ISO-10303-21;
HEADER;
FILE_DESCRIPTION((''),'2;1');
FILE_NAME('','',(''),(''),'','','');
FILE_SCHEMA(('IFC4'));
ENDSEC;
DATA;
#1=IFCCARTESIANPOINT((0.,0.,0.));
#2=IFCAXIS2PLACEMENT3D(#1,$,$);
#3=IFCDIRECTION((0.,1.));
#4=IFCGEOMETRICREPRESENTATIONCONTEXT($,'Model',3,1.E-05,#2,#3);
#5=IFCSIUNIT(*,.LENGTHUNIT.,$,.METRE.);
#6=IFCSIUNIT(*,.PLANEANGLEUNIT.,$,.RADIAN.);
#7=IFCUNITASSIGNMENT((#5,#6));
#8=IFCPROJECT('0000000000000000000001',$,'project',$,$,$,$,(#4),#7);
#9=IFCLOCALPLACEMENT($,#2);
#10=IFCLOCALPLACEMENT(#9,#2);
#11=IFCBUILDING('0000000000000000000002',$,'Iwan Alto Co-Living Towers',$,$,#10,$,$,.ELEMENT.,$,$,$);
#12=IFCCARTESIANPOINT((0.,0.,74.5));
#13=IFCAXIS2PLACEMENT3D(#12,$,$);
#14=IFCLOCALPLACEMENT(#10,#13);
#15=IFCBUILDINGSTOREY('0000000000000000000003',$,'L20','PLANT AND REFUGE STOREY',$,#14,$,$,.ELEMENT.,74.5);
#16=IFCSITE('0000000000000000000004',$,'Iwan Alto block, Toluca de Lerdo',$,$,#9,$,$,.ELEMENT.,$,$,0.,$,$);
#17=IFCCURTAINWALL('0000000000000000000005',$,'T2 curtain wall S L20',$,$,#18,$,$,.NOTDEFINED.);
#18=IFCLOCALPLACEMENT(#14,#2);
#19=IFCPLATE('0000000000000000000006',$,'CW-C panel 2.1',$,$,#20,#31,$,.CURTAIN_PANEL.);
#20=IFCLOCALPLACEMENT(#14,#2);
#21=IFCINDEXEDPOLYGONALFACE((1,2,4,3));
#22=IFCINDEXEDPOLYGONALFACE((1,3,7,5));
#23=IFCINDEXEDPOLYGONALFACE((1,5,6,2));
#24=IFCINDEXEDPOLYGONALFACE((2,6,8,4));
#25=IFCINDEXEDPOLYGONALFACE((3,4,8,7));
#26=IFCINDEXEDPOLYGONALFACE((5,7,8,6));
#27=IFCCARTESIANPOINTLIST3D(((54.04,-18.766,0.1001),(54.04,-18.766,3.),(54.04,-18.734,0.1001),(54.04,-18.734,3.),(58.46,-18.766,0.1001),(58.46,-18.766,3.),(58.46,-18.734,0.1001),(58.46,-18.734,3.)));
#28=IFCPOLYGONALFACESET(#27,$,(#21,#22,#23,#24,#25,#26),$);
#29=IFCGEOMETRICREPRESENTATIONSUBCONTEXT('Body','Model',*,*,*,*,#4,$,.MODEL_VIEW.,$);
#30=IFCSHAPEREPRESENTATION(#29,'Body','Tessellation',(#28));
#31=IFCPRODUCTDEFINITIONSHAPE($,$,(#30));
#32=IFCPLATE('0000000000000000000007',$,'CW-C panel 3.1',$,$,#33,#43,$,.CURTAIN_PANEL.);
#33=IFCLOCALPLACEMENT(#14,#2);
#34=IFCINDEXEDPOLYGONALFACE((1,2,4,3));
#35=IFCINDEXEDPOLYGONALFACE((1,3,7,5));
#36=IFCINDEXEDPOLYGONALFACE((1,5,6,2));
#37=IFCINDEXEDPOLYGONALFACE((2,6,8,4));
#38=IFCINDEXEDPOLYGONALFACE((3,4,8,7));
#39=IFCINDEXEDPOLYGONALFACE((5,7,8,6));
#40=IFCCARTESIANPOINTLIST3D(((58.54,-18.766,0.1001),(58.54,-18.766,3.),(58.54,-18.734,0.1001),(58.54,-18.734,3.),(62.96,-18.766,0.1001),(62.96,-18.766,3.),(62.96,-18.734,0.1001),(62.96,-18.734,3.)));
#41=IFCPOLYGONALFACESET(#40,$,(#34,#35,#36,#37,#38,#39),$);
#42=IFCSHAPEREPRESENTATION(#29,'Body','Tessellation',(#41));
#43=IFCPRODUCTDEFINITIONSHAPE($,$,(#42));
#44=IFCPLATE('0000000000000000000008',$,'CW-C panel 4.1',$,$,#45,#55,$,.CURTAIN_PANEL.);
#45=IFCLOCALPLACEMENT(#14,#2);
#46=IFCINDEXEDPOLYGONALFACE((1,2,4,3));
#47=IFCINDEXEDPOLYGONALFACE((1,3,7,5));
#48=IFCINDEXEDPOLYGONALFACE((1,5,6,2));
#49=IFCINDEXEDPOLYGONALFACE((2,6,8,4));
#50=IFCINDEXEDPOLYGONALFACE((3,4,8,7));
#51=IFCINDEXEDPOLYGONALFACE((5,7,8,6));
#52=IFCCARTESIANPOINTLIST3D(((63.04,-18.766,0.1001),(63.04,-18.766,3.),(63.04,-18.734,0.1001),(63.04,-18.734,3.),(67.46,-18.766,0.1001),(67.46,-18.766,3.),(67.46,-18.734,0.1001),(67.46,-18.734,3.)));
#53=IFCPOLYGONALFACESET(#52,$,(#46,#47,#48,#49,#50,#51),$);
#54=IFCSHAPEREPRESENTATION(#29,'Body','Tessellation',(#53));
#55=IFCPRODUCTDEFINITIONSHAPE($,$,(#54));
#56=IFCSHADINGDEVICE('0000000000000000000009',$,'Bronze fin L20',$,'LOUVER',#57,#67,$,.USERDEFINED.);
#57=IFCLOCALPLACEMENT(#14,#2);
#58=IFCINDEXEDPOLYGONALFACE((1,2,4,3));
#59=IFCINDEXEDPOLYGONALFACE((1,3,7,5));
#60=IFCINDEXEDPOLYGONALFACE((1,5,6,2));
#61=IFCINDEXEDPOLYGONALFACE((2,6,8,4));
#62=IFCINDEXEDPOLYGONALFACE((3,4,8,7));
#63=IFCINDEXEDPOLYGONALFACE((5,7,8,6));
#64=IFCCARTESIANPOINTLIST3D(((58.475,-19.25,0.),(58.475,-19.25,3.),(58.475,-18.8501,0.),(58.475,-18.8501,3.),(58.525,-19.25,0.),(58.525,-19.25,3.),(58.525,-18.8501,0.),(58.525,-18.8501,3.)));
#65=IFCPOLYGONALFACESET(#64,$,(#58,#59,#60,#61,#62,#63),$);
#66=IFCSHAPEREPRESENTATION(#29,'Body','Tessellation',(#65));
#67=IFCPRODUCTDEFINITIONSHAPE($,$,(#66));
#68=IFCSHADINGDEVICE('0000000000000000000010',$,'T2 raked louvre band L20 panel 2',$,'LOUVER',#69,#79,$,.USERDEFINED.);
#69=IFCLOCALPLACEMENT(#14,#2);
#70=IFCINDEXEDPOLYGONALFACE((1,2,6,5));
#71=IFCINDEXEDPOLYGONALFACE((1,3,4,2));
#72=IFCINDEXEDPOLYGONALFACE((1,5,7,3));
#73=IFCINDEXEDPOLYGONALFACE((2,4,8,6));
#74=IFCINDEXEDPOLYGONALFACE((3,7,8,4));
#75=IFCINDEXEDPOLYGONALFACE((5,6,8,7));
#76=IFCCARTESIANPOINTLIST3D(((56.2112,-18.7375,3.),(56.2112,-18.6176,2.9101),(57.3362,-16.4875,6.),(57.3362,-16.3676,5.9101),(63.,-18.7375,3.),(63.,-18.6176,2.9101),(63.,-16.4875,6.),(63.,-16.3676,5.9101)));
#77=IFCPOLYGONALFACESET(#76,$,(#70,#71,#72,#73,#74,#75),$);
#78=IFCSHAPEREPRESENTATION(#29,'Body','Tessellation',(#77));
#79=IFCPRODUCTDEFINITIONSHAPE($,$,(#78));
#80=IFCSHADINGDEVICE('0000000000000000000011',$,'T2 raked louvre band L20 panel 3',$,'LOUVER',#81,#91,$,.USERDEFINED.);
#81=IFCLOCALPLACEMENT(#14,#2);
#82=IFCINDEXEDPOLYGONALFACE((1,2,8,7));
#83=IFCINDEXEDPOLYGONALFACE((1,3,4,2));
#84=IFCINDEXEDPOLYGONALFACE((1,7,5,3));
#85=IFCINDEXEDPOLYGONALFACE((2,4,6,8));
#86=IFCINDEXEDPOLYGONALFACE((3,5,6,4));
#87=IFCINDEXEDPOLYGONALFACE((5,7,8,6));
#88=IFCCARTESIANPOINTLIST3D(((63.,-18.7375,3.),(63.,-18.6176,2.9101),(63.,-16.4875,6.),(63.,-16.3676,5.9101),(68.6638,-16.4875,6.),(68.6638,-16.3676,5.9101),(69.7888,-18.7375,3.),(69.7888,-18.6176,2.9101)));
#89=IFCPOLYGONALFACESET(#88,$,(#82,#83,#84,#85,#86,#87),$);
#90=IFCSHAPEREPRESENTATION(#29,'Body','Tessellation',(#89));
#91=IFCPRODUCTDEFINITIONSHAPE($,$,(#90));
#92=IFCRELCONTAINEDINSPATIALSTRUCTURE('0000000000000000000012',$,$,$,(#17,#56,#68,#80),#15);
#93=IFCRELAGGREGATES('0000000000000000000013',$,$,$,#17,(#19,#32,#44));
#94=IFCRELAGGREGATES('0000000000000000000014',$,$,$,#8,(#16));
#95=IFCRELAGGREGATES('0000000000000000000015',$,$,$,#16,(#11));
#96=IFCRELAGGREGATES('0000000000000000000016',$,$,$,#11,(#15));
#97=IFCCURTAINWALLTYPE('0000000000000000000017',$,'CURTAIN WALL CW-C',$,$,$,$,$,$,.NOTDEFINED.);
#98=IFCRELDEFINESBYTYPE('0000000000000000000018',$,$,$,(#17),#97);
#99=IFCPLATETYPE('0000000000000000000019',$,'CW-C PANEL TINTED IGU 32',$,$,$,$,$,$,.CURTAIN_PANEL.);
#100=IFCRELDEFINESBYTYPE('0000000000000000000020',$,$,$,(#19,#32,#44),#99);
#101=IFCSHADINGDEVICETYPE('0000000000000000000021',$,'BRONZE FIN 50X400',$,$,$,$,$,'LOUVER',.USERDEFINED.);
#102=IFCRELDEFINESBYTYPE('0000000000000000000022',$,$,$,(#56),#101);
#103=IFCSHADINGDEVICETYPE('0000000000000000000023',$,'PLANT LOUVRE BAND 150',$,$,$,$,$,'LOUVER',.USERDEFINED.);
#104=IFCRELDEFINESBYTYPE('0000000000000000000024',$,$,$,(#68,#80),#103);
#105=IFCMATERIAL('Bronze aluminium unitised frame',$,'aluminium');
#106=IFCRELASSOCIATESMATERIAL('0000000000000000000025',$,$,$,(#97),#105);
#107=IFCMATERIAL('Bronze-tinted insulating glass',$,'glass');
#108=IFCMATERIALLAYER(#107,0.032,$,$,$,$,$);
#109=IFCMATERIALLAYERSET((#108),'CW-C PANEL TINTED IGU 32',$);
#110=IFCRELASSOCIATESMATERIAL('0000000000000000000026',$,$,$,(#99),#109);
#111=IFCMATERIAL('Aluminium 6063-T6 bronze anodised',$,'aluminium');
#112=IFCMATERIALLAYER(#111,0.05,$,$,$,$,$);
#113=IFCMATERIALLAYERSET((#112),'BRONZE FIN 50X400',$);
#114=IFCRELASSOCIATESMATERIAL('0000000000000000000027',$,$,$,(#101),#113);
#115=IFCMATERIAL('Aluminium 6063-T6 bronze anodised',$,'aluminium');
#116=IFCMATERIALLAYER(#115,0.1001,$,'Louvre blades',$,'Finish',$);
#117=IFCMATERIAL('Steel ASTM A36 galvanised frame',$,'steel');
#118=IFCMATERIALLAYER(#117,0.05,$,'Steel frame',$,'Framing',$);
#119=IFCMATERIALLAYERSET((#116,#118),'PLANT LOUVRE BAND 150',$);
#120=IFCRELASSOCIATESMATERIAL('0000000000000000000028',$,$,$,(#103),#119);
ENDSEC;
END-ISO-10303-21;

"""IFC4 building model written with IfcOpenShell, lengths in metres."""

from ifc_helpers import new_model, si_unit, direction, frame, origin, origin_2d, place, context, subcontext, project, spatial, polyline, rectangle, outline, extrude, material, layer, layer_set, type_object, element, aggregate, save


model = new_model("IFC4")

# Units and contexts
model_context = context("Model", 3, precision=1e-05, world=origin(), true_north=direction((0.0, 1.0)))
body_context = subcontext(model_context, "Body", "Model", "MODEL_VIEW")
ifc_project = project(units=[si_unit("LENGTHUNIT", "METRE"), si_unit("PLANEANGLEUNIT", "RADIAN")], contexts=[model_context])

# Site, building, storey
site_placement = place(None, origin())
site = spatial("IfcSite", under=ifc_project, at=site_placement, Name="Iwan Alto block, Toluca de Lerdo", CompositionType="ELEMENT", RefElevation=0.0)
building_placement = place(site_placement, origin())
building = spatial("IfcBuilding", under=site, at=building_placement, Name="Iwan Alto Co-Living Towers", CompositionType="ELEMENT")
storey_placement = place(building_placement, frame((0.0, 0.0, 74.5)))
storey = spatial("IfcBuildingStorey", under=building, at=storey_placement, Name="L20", Description="PLANT AND REFUGE STOREY", CompositionType="ELEMENT", Elevation=74.5)

# Curtain wall
ifc_material_1 = material(Name="Bronze aluminium unitised frame", Category="aluminium")
curtain_wall_type = type_object("IfcCurtainWallType", Name="CURTAIN WALL CW-C", PredefinedType="NOTDEFINED", material=ifc_material_1)
curtain_wall_placement = place(storey_placement, origin())
curtain_wall = element("IfcCurtainWall", 1, at=curtain_wall_placement, inside=storey, type_object=curtain_wall_type, Name="T2 curtain wall S L20", PredefinedType="NOTDEFINED")

# Plates
ifc_material_2 = material(Name="Bronze-tinted insulating glass", Category="glass")
ifc_layer_1 = layer(ifc_material_2, 0.032)
ifc_layer_set_1 = layer_set([ifc_layer_1], Name="CW-C PANEL TINTED IGU 32")
plate_type = type_object("IfcPlateType", Name="CW-C PANEL TINTED IGU 32", PredefinedType="CURTAIN_PANEL", material=ifc_layer_set_1)
plate_1_placement = place(storey_placement, frame((56.25, -18.75, 0.1001), z_axis=(0.0, 0.0, 1.0), x_axis=(1.0, 0.0, 0.0)))
plate_1 = element("IfcPlate", 2, at=plate_1_placement, type_object=plate_type, Name="CW-C panel 2.1", PredefinedType="CURTAIN_PANEL", context=body_context, shape_type="SweptSolid", body=[
    extrude(rectangle(XDim=4.4199, YDim=0.032, at=origin_2d()), origin(), (0.0, 0.0, 1.0), 2.8999),
])
plate_2_placement = place(storey_placement, frame((60.75, -18.75, 0.1001), z_axis=(0.0, 0.0, 1.0), x_axis=(1.0, 0.0, 0.0)))
plate_2 = element("IfcPlate", 3, at=plate_2_placement, type_object=plate_type, Name="CW-C panel 3.1", PredefinedType="CURTAIN_PANEL", context=body_context, shape_type="SweptSolid", body=[
    extrude(rectangle(XDim=4.4199, YDim=0.032, at=origin_2d()), origin(), (0.0, 0.0, 1.0), 2.8999),
])
plate_3_placement = place(storey_placement, frame((65.25, -18.75, 0.1001), z_axis=(0.0, 0.0, 1.0), x_axis=(1.0, 0.0, 0.0)))
plate_3 = element("IfcPlate", 4, at=plate_3_placement, type_object=plate_type, Name="CW-C panel 4.1", PredefinedType="CURTAIN_PANEL", context=body_context, shape_type="SweptSolid", body=[
    extrude(rectangle(XDim=4.4199, YDim=0.032, at=origin_2d()), origin(), (0.0, 0.0, 1.0), 2.8999),
])
aggregate(curtain_wall, [plate_1, plate_2, plate_3])

# Shading devices
ifc_material_3 = material(Name="Aluminium 6063-T6 bronze anodised", Category="aluminium")
ifc_layer_2 = layer(ifc_material_3, 0.05)
ifc_layer_set_2 = layer_set([ifc_layer_2], Name="BRONZE FIN 50X400")
shading_device_type_1 = type_object("IfcShadingDeviceType", Name="BRONZE FIN 50X400", ElementType="LOUVER", PredefinedType="USERDEFINED", material=ifc_layer_set_2)
shading_device_1_placement = place(storey_placement, frame((58.5, -19.05, 0.0), z_axis=(0.0, 0.0, 1.0), x_axis=(1.0, 0.0, 0.0)))
element("IfcShadingDevice", 5, at=shading_device_1_placement, inside=storey, type_object=shading_device_type_1, Name="Bronze fin L20", ObjectType="LOUVER", PredefinedType="USERDEFINED", context=body_context, shape_type="SweptSolid", body=[
    extrude(rectangle(XDim=0.05, YDim=0.3999, at=origin_2d()), origin(), (0.0, 0.0, 1.0), 3.0),
])
ifc_material_4 = material(Name="Aluminium 6063-T6 bronze anodised", Category="aluminium")
ifc_layer_3 = layer(ifc_material_4, 0.1001, Name="Louvre blades", Category="Finish")
ifc_material_5 = material(Name="Steel ASTM A36 galvanised frame", Category="steel")
ifc_layer_4 = layer(ifc_material_5, 0.05, Name="Steel frame", Category="Framing")
ifc_layer_set_3 = layer_set([ifc_layer_3, ifc_layer_4], Name="PLANT LOUVRE BAND 150")
shading_device_type_2 = type_object("IfcShadingDeviceType", Name="PLANT LOUVRE BAND 150", ElementType="LOUVER", PredefinedType="USERDEFINED", material=ifc_layer_set_3)
shading_device_2_placement = place(storey_placement, frame((56.2112, -18.7375, 3.0), z_axis=(0.0, -0.8, 0.6), x_axis=(1.0, 0.0, 0.0)))
element("IfcShadingDevice", 6, at=shading_device_2_placement, inside=storey, type_object=shading_device_type_2, Name="T2 raked louvre band L20 panel 2", ObjectType="LOUVER", PredefinedType="USERDEFINED", context=body_context, shape_type="SweptSolid", body=[
    extrude(outline(polyline([(0.0, 0.0), (6.7888, 0.0), (6.7888, 3.75), (1.125, 3.75), (0.0, 0.0)])), origin(), (0.0, 0.0, -1.0), 0.1499),
])
shading_device_3_placement = place(storey_placement, frame((63.0, -18.7375, 3.0), z_axis=(0.0, -0.8, 0.6), x_axis=(1.0, 0.0, 0.0)))
element("IfcShadingDevice", 7, at=shading_device_3_placement, inside=storey, type_object=shading_device_type_2, Name="T2 raked louvre band L20 panel 3", ObjectType="LOUVER", PredefinedType="USERDEFINED", context=body_context, shape_type="SweptSolid", body=[
    extrude(outline(polyline([(0.0, 0.0), (6.7888, 0.0), (5.6638, 3.75), (0.0, 3.75), (0.0, 0.0)])), origin(), (0.0, 0.0, -1.0), 0.1499),
])

save(model, "model.ifc")
